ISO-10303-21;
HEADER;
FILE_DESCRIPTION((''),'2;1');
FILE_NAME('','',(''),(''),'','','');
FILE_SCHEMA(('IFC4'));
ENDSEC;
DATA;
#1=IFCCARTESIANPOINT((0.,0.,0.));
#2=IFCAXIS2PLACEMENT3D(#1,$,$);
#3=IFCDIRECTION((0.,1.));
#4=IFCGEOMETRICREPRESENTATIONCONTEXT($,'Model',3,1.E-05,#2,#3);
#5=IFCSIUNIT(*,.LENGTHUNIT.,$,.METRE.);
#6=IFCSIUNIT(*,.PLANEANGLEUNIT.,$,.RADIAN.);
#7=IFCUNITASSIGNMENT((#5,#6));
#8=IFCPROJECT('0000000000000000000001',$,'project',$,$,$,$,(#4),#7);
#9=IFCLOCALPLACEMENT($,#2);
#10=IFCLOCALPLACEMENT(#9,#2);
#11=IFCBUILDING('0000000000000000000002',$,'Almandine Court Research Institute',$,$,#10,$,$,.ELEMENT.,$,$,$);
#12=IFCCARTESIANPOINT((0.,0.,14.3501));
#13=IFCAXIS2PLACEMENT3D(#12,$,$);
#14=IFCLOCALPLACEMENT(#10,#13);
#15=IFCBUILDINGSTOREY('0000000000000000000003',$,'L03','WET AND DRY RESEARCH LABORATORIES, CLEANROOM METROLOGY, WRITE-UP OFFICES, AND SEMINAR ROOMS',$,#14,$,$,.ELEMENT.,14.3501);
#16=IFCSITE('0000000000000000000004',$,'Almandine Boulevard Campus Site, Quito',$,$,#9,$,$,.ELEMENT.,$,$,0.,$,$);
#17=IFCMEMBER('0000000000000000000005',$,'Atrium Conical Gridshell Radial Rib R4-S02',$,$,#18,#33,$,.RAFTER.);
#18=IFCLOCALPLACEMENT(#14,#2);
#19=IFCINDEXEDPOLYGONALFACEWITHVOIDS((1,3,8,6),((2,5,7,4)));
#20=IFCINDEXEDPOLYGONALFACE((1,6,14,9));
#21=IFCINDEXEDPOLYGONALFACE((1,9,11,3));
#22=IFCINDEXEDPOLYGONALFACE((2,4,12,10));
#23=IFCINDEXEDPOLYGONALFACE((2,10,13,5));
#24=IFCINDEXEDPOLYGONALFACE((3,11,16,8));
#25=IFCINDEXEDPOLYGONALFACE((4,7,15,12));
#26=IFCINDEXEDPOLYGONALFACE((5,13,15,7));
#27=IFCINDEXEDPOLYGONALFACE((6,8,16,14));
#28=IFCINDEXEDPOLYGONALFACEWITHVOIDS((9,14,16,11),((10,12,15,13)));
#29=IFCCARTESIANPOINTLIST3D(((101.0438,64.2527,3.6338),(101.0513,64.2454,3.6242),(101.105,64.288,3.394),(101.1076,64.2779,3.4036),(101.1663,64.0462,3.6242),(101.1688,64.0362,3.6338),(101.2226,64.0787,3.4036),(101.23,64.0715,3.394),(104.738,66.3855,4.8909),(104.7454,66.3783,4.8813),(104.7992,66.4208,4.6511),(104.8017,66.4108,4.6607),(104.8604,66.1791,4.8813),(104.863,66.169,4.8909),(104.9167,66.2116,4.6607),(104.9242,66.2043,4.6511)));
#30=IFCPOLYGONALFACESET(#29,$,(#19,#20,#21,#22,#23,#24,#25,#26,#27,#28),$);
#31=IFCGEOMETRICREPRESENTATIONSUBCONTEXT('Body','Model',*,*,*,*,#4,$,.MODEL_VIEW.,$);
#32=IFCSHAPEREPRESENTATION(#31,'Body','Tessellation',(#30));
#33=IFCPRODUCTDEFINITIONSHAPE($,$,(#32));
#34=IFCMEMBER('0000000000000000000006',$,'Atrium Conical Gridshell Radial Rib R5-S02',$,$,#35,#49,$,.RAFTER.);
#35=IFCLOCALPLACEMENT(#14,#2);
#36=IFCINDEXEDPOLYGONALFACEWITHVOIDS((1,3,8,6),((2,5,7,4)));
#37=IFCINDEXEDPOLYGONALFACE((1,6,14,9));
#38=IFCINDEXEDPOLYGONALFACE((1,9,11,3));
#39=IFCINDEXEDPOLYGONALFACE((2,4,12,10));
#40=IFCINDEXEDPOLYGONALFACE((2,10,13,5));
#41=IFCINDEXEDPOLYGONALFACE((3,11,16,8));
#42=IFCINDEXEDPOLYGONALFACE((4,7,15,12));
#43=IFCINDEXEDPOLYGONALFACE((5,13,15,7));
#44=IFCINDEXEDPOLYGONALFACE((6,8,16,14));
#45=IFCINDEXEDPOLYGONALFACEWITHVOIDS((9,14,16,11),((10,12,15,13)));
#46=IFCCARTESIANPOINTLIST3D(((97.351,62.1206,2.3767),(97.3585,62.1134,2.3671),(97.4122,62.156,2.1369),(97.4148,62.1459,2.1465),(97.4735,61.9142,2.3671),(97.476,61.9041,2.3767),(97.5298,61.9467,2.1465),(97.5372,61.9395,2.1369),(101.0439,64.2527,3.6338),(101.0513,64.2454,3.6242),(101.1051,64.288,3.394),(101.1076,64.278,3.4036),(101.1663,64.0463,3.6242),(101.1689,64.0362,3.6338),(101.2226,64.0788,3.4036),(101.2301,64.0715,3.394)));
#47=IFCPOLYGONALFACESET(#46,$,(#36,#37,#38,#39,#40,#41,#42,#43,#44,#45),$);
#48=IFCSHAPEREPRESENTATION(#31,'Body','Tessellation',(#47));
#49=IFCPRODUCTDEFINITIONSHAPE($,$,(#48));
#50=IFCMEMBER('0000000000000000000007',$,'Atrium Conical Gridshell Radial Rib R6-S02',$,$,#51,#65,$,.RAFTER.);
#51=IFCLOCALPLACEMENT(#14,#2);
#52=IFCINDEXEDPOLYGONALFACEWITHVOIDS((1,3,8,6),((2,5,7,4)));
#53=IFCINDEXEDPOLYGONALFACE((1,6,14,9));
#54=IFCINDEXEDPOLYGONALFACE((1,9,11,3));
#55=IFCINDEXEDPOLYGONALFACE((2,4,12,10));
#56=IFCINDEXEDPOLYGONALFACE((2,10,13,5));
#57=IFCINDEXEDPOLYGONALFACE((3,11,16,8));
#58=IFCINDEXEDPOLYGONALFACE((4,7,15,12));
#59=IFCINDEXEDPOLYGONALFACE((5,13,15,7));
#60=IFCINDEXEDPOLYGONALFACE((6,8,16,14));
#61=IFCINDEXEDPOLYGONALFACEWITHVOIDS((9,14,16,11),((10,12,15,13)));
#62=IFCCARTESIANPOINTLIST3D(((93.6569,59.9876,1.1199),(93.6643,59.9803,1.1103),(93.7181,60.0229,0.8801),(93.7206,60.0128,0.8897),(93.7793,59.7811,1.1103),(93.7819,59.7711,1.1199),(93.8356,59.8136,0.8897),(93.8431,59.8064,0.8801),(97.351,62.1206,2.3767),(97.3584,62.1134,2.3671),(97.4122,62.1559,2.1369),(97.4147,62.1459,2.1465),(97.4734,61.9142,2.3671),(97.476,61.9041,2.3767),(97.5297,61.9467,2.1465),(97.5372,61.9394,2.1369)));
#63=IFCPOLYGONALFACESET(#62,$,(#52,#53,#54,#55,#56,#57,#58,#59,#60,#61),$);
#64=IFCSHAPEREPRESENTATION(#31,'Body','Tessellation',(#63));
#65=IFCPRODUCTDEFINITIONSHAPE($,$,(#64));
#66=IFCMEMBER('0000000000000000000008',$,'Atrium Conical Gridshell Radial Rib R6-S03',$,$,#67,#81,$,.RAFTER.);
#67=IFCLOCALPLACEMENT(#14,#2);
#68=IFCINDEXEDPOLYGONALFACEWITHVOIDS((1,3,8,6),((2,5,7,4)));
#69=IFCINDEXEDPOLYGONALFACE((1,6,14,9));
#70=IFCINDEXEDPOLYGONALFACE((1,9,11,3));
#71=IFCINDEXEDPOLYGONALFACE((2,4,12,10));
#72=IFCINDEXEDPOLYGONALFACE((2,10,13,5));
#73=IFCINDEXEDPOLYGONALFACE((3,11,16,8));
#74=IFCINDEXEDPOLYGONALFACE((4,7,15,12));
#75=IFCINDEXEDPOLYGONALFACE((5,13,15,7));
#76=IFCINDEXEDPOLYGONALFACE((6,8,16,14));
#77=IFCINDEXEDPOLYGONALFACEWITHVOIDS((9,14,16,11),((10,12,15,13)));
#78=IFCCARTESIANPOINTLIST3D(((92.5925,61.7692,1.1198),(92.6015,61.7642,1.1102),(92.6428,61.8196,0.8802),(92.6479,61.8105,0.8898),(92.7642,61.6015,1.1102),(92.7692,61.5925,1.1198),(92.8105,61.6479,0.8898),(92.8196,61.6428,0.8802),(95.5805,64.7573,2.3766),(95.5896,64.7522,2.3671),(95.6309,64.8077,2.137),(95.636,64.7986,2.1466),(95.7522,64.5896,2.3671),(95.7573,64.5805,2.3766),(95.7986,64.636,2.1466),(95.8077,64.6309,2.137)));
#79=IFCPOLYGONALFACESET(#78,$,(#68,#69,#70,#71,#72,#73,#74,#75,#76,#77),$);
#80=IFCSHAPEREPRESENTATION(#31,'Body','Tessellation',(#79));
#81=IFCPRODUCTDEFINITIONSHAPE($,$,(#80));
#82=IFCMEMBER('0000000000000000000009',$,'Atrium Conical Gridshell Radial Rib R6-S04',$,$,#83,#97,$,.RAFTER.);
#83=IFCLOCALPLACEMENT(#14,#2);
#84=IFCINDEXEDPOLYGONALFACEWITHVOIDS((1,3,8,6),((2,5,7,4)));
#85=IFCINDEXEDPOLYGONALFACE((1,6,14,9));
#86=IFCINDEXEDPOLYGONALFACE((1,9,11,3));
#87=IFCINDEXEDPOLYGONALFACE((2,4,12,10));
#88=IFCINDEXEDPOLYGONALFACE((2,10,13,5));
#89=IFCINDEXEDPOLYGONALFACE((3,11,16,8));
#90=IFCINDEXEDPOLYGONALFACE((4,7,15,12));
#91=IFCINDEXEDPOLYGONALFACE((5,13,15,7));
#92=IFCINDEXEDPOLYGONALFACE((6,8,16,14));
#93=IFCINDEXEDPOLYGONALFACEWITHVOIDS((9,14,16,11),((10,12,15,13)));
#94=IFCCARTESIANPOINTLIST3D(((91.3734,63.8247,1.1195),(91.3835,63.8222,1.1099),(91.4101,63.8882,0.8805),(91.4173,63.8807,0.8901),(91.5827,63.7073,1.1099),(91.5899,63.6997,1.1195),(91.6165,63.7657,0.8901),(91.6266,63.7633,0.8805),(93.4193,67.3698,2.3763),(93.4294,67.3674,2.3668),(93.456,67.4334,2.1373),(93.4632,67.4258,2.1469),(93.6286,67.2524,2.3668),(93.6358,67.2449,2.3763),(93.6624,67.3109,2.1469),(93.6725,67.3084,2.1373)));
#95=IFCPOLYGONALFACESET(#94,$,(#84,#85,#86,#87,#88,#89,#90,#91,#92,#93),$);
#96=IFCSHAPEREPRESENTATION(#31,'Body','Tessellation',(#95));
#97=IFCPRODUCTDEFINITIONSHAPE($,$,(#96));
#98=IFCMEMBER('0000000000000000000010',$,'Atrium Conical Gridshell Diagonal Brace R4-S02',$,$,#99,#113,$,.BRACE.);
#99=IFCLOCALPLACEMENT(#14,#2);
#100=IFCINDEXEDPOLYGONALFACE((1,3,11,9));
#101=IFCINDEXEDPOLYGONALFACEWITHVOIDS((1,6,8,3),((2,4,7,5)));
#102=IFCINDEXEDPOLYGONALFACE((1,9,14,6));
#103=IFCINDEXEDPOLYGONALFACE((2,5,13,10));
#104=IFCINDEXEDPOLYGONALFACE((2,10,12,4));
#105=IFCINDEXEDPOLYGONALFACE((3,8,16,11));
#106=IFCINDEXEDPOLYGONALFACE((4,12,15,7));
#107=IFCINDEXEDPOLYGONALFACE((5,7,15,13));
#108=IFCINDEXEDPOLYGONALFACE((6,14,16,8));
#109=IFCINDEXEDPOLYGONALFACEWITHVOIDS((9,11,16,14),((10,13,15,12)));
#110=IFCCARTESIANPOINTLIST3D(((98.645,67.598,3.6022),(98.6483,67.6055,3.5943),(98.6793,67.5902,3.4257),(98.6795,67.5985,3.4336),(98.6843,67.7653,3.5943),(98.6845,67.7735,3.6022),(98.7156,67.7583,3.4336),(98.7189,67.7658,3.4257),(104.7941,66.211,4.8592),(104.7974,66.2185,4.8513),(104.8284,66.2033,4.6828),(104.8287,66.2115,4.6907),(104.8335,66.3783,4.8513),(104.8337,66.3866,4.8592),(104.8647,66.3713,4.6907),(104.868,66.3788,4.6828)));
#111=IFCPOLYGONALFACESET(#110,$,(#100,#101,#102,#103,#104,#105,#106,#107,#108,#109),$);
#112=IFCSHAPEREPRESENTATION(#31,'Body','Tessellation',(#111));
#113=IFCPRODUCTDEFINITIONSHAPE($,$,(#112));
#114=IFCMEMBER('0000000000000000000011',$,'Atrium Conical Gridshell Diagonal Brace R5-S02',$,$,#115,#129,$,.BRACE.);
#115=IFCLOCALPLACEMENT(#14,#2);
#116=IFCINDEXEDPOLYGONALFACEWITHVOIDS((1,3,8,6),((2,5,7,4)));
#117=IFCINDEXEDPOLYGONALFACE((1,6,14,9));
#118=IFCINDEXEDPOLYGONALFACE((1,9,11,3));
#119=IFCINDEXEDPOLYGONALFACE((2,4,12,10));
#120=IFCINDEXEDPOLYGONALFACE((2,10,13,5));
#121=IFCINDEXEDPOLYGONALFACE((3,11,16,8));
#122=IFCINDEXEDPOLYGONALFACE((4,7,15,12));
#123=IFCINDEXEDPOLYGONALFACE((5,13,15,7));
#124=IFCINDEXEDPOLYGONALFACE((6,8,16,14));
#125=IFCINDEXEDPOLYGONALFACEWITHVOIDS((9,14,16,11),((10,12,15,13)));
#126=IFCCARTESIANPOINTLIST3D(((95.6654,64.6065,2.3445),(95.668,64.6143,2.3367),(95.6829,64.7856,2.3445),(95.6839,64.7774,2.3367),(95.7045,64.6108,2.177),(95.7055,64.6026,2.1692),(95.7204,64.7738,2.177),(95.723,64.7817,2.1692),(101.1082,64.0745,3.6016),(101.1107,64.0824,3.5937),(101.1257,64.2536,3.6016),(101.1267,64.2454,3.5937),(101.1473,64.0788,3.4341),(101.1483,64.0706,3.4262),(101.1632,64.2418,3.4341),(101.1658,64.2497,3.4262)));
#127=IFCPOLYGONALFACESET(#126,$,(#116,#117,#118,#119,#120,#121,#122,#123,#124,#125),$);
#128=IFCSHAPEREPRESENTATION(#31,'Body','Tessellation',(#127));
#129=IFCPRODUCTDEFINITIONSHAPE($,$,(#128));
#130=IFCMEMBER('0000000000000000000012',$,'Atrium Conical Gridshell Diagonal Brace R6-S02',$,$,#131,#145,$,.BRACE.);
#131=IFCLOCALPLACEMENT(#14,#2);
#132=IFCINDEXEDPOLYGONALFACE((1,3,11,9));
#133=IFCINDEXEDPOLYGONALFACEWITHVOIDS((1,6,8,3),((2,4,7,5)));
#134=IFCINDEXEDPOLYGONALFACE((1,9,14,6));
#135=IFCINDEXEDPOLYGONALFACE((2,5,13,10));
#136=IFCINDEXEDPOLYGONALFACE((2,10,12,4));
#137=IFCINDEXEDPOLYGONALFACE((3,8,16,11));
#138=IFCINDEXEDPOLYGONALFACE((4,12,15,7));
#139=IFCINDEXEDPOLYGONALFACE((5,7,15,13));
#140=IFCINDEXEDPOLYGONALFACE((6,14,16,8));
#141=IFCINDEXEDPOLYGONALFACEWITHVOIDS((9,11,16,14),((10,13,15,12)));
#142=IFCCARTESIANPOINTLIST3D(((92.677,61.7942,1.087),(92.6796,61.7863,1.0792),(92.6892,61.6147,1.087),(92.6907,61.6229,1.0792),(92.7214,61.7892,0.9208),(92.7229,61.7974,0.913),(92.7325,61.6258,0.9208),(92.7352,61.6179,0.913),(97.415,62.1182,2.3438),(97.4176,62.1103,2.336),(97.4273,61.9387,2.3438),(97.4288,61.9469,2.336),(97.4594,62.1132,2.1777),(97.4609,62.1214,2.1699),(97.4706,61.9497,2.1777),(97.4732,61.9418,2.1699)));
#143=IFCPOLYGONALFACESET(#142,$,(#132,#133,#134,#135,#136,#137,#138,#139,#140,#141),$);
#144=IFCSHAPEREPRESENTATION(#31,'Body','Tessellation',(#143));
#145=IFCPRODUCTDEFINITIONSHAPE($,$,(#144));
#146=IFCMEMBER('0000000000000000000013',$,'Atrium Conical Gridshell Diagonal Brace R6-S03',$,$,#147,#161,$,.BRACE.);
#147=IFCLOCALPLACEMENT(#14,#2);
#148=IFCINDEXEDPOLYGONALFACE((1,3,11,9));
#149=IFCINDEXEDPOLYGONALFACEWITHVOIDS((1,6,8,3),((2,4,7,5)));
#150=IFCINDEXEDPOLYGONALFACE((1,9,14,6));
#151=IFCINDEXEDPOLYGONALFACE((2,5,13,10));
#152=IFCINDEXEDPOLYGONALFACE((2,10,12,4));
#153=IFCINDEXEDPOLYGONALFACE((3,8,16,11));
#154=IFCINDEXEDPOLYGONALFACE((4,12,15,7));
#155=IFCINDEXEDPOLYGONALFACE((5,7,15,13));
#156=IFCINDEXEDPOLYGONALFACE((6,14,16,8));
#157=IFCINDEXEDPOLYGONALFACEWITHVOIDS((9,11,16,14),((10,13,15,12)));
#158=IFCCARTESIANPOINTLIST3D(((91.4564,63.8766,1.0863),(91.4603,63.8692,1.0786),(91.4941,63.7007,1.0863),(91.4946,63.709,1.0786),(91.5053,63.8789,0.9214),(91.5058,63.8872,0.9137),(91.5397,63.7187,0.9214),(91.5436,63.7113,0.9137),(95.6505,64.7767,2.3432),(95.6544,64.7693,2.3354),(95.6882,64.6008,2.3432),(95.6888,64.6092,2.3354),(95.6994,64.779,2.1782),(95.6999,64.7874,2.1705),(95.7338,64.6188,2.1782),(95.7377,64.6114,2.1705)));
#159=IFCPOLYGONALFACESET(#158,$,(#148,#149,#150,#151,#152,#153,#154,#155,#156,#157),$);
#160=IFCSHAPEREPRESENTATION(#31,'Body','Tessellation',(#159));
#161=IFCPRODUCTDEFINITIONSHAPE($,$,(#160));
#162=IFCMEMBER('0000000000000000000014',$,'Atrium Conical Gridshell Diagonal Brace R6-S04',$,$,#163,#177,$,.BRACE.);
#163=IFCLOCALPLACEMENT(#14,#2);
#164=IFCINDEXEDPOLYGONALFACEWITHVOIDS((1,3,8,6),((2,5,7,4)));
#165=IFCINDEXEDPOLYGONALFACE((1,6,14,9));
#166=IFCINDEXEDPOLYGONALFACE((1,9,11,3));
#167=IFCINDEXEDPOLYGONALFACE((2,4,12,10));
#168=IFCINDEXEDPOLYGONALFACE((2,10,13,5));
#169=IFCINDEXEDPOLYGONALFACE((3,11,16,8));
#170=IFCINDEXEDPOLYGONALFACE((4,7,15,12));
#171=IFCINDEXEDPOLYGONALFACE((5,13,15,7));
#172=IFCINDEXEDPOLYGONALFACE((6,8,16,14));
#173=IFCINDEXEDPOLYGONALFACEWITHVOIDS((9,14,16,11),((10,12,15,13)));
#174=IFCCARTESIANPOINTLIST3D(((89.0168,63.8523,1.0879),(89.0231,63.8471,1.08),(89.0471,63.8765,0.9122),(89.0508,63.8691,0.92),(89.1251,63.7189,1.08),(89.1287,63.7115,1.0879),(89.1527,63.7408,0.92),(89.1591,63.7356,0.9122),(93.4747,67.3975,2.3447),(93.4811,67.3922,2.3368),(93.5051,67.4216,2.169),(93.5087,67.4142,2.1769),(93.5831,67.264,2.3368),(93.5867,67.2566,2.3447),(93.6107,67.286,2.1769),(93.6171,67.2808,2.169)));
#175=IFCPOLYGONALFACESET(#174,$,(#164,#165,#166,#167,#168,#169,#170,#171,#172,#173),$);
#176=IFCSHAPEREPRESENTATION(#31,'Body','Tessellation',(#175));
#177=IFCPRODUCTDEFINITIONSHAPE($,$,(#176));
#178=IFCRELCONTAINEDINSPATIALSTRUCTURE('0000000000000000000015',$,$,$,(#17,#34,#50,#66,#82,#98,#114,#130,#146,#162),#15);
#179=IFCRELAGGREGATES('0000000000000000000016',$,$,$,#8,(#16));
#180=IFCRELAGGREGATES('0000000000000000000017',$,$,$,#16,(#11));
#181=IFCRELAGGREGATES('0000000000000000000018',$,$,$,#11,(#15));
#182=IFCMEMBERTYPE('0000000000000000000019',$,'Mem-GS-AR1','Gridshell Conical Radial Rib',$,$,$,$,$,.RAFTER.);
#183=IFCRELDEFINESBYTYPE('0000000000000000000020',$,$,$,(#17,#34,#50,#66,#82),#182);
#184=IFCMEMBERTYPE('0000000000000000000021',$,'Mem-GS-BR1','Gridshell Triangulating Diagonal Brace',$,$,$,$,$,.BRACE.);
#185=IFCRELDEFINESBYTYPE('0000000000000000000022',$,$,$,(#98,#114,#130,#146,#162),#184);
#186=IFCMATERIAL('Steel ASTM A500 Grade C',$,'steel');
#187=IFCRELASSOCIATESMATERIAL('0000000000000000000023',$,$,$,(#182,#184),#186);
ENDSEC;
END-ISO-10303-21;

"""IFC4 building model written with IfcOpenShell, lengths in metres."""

from ifc_helpers import new_model, si_unit, direction, frame, origin, origin_2d, place, context, subcontext, project, spatial, hollow_rectangle, extrude, material, material_profile, profile_set, type_object, element, save


model = new_model("IFC4")

# Units and contexts
model_context = context("Model", 3, precision=1e-05, world=origin(), true_north=direction((0.0, 1.0)))
body_context = subcontext(model_context, "Body", "Model", "MODEL_VIEW")
ifc_project = project(units=[si_unit("LENGTHUNIT", "METRE"), si_unit("PLANEANGLEUNIT", "RADIAN")], contexts=[model_context])

# Site, building, storey
site_placement = place(None, origin())
site = spatial("IfcSite", under=ifc_project, at=site_placement, Name="Almandine Boulevard Campus Site, Quito", CompositionType="ELEMENT", RefElevation=0.0)
building_placement = place(site_placement, origin())
building = spatial("IfcBuilding", under=site, at=building_placement, Name="Almandine Court Research Institute", CompositionType="ELEMENT")
storey_placement = place(building_placement, frame((0.0, 0.0, 14.3501)))
storey = spatial("IfcBuildingStorey", under=building, at=storey_placement, Name="L03", Description="WET AND DRY RESEARCH LABORATORIES, CLEANROOM METROLOGY, WRITE-UP OFFICES, AND SEMINAR ROOMS", CompositionType="ELEMENT", Elevation=14.3501)

# Members
ifc_material_1 = material(Name="Steel ASTM A500 Grade C", Category="steel")
ifc_material_profile_1 = material_profile(ifc_material_1, hollow_rectangle(XDim=0.25, YDim=0.25, WallThickness=0.01, at=origin_2d()), Name="HSS 250x250x10")
ifc_profile_set_1 = profile_set([ifc_material_profile_1], Name="Steel ASTM A500 Grade C")
member_type_1 = type_object("IfcMemberType", Name="Mem-GS-AR1", Description="Gridshell Conical Radial Rib", PredefinedType="RAFTER", material=ifc_profile_set_1)
member_1_placement = place(storey_placement, frame((104.8311, 66.2949, 4.771), z_axis=(-0.8307, -0.479611, -0.282683), x_axis=(0.500005, -0.866023, 0.0)))
element("IfcMember", 1, at=member_1_placement, inside=storey, type_object=member_type_1, Name="Atrium Conical Gridshell Radial Rib R4-S02", PredefinedType="RAFTER", context=body_context, shape_type="SweptSolid", body=[
    extrude(hollow_rectangle(XDim=0.25, YDim=0.25, WallThickness=0.01, at=origin_2d()), origin(), (0.0, 0.0, 1.0), 4.447),
])
member_2_placement = place(storey_placement, frame((101.137, 64.1621, 3.5139), z_axis=(-0.830681, -0.479594, -0.28277), x_axis=(0.5, -0.866025, 0.0)))
element("IfcMember", 2, at=member_2_placement, inside=storey, type_object=member_type_1, Name="Atrium Conical Gridshell Radial Rib R5-S02", PredefinedType="RAFTER", context=body_context, shape_type="SweptSolid", body=[
    extrude(hollow_rectangle(XDim=0.25, YDim=0.25, WallThickness=0.01, at=origin_2d()), origin(), (0.0, 0.0, 1.0), 4.4456),
])
member_3_placement = place(storey_placement, frame((97.4441, 62.03, 2.2568), z_axis=(-0.830691, -0.479661, -0.282625), x_axis=(0.500048, -0.865998, 0.0)))
element("IfcMember", 3, at=member_3_placement, inside=storey, type_object=member_type_1, Name="Atrium Conical Gridshell Radial Rib R6-S02", PredefinedType="RAFTER", context=body_context, shape_type="SweptSolid", body=[
    extrude(hollow_rectangle(XDim=0.25, YDim=0.25, WallThickness=0.01, at=origin_2d()), origin(), (0.0, 0.0, 1.0), 4.447),
])
member_4_placement = place(storey_placement, frame((95.6941, 64.6941, 2.2568), z_axis=(-0.677764, -0.677764, -0.285083), x_axis=(0.707107, -0.707107, 0.0)))
element("IfcMember", 4, at=member_4_placement, inside=storey, type_object=member_type_1, Name="Atrium Conical Gridshell Radial Rib R6-S03", PredefinedType="RAFTER", context=body_context, shape_type="SweptSolid", body=[
    extrude(hollow_rectangle(XDim=0.25, YDim=0.25, WallThickness=0.01, at=origin_2d()), origin(), (0.0, 0.0, 1.0), 4.4087),
])
member_5_placement = place(storey_placement, frame((93.5459, 67.3391, 2.2568), z_axis=(-0.477816, -0.827968, -0.293532), x_axis=(0.866121, -0.499834, 0.0)))
element("IfcMember", 5, at=member_5_placement, inside=storey, type_object=member_type_1, Name="Atrium Conical Gridshell Radial Rib R6-S04", PredefinedType="RAFTER", context=body_context, shape_type="SweptSolid", body=[
    extrude(hollow_rectangle(XDim=0.25, YDim=0.25, WallThickness=0.01, at=origin_2d()), origin(), (0.0, 0.0, 1.0), 4.2817),
])
ifc_material_profile_2 = material_profile(ifc_material_1, hollow_rectangle(XDim=0.1799, YDim=0.1799, WallThickness=0.0081, at=origin_2d()), Name="HSS 180x180x8")
ifc_profile_set_2 = profile_set([ifc_material_profile_2], Name="Steel ASTM A500 Grade C")
member_type_2 = type_object("IfcMemberType", Name="Mem-GS-BR1", Description="Gridshell Triangulating Diagonal Brace", PredefinedType="BRACE", material=ifc_profile_set_2)
member_6_placement = place(storey_placement, frame((104.8311, 66.2949, 4.771), z_axis=(-0.956657, 0.215777, -0.19557), x_axis=(-0.220025, -0.975494, 0.0)))
element("IfcMember", 6, at=member_6_placement, inside=storey, type_object=member_type_2, Name="Atrium Conical Gridshell Diagonal Brace R4-S02", PredefinedType="BRACE", context=body_context, shape_type="SweptSolid", body=[
    extrude(hollow_rectangle(XDim=0.1799, YDim=0.1799, WallThickness=0.0081, at=origin_2d()), origin(), (0.0, 0.0, 1.0), 6.4277),
])
member_7_placement = place(storey_placement, frame((101.137, 64.1621, 3.5139), z_axis=(-0.969962, 0.094803, -0.224022), x_axis=(-0.097276, -0.995257, 0.0)))
element("IfcMember", 7, at=member_7_placement, inside=storey, type_object=member_type_2, Name="Atrium Conical Gridshell Diagonal Brace R5-S02", PredefinedType="BRACE", context=body_context, shape_type="SweptSolid", body=[
    extrude(hollow_rectangle(XDim=0.1799, YDim=0.1799, WallThickness=0.0081, at=origin_2d()), origin(), (0.0, 0.0, 1.0), 5.6113),
])
member_8_placement = place(storey_placement, frame((97.4441, 62.03, 2.2568), z_axis=(-0.964467, -0.065948, -0.25584), x_axis=(0.068218, -0.99767, 0.0)))
element("IfcMember", 8, at=member_8_placement, inside=storey, type_object=member_type_2, Name="Atrium Conical Gridshell Diagonal Brace R6-S02", PredefinedType="BRACE", context=body_context, shape_type="SweptSolid", body=[
    extrude(hollow_rectangle(XDim=0.1799, YDim=0.1799, WallThickness=0.0081, at=origin_2d()), origin(), (0.0, 0.0, 1.0), 4.9126),
])
member_9_placement = place(storey_placement, frame((95.6941, 64.6941, 2.2568), z_axis=(-0.93829, -0.201378, -0.281176), x_axis=(0.209844, -0.977735, 0.0)))
element("IfcMember", 9, at=member_9_placement, inside=storey, type_object=member_type_2, Name="Atrium Conical Gridshell Diagonal Brace R6-S03", PredefinedType="BRACE", context=body_context, shape_type="SweptSolid", body=[
    extrude(hollow_rectangle(XDim=0.1799, YDim=0.1799, WallThickness=0.0081, at=origin_2d()), origin(), (0.0, 0.0, 1.0), 4.47),
])
member_10_placement = place(storey_placement, frame((93.5459, 67.3391, 2.2568), z_axis=(-0.764298, -0.607797, -0.215477), x_axis=(0.622419, -0.782685, 0.0)))
element("IfcMember", 10, at=member_10_placement, inside=storey, type_object=member_type_2, Name="Atrium Conical Gridshell Diagonal Brace R6-S04", PredefinedType="BRACE", context=body_context, shape_type="SweptSolid", body=[
    extrude(hollow_rectangle(XDim=0.1799, YDim=0.1799, WallThickness=0.0081, at=origin_2d()), origin(), (0.0, 0.0, 1.0), 5.8328),
])

save(model, "model.ifc")
